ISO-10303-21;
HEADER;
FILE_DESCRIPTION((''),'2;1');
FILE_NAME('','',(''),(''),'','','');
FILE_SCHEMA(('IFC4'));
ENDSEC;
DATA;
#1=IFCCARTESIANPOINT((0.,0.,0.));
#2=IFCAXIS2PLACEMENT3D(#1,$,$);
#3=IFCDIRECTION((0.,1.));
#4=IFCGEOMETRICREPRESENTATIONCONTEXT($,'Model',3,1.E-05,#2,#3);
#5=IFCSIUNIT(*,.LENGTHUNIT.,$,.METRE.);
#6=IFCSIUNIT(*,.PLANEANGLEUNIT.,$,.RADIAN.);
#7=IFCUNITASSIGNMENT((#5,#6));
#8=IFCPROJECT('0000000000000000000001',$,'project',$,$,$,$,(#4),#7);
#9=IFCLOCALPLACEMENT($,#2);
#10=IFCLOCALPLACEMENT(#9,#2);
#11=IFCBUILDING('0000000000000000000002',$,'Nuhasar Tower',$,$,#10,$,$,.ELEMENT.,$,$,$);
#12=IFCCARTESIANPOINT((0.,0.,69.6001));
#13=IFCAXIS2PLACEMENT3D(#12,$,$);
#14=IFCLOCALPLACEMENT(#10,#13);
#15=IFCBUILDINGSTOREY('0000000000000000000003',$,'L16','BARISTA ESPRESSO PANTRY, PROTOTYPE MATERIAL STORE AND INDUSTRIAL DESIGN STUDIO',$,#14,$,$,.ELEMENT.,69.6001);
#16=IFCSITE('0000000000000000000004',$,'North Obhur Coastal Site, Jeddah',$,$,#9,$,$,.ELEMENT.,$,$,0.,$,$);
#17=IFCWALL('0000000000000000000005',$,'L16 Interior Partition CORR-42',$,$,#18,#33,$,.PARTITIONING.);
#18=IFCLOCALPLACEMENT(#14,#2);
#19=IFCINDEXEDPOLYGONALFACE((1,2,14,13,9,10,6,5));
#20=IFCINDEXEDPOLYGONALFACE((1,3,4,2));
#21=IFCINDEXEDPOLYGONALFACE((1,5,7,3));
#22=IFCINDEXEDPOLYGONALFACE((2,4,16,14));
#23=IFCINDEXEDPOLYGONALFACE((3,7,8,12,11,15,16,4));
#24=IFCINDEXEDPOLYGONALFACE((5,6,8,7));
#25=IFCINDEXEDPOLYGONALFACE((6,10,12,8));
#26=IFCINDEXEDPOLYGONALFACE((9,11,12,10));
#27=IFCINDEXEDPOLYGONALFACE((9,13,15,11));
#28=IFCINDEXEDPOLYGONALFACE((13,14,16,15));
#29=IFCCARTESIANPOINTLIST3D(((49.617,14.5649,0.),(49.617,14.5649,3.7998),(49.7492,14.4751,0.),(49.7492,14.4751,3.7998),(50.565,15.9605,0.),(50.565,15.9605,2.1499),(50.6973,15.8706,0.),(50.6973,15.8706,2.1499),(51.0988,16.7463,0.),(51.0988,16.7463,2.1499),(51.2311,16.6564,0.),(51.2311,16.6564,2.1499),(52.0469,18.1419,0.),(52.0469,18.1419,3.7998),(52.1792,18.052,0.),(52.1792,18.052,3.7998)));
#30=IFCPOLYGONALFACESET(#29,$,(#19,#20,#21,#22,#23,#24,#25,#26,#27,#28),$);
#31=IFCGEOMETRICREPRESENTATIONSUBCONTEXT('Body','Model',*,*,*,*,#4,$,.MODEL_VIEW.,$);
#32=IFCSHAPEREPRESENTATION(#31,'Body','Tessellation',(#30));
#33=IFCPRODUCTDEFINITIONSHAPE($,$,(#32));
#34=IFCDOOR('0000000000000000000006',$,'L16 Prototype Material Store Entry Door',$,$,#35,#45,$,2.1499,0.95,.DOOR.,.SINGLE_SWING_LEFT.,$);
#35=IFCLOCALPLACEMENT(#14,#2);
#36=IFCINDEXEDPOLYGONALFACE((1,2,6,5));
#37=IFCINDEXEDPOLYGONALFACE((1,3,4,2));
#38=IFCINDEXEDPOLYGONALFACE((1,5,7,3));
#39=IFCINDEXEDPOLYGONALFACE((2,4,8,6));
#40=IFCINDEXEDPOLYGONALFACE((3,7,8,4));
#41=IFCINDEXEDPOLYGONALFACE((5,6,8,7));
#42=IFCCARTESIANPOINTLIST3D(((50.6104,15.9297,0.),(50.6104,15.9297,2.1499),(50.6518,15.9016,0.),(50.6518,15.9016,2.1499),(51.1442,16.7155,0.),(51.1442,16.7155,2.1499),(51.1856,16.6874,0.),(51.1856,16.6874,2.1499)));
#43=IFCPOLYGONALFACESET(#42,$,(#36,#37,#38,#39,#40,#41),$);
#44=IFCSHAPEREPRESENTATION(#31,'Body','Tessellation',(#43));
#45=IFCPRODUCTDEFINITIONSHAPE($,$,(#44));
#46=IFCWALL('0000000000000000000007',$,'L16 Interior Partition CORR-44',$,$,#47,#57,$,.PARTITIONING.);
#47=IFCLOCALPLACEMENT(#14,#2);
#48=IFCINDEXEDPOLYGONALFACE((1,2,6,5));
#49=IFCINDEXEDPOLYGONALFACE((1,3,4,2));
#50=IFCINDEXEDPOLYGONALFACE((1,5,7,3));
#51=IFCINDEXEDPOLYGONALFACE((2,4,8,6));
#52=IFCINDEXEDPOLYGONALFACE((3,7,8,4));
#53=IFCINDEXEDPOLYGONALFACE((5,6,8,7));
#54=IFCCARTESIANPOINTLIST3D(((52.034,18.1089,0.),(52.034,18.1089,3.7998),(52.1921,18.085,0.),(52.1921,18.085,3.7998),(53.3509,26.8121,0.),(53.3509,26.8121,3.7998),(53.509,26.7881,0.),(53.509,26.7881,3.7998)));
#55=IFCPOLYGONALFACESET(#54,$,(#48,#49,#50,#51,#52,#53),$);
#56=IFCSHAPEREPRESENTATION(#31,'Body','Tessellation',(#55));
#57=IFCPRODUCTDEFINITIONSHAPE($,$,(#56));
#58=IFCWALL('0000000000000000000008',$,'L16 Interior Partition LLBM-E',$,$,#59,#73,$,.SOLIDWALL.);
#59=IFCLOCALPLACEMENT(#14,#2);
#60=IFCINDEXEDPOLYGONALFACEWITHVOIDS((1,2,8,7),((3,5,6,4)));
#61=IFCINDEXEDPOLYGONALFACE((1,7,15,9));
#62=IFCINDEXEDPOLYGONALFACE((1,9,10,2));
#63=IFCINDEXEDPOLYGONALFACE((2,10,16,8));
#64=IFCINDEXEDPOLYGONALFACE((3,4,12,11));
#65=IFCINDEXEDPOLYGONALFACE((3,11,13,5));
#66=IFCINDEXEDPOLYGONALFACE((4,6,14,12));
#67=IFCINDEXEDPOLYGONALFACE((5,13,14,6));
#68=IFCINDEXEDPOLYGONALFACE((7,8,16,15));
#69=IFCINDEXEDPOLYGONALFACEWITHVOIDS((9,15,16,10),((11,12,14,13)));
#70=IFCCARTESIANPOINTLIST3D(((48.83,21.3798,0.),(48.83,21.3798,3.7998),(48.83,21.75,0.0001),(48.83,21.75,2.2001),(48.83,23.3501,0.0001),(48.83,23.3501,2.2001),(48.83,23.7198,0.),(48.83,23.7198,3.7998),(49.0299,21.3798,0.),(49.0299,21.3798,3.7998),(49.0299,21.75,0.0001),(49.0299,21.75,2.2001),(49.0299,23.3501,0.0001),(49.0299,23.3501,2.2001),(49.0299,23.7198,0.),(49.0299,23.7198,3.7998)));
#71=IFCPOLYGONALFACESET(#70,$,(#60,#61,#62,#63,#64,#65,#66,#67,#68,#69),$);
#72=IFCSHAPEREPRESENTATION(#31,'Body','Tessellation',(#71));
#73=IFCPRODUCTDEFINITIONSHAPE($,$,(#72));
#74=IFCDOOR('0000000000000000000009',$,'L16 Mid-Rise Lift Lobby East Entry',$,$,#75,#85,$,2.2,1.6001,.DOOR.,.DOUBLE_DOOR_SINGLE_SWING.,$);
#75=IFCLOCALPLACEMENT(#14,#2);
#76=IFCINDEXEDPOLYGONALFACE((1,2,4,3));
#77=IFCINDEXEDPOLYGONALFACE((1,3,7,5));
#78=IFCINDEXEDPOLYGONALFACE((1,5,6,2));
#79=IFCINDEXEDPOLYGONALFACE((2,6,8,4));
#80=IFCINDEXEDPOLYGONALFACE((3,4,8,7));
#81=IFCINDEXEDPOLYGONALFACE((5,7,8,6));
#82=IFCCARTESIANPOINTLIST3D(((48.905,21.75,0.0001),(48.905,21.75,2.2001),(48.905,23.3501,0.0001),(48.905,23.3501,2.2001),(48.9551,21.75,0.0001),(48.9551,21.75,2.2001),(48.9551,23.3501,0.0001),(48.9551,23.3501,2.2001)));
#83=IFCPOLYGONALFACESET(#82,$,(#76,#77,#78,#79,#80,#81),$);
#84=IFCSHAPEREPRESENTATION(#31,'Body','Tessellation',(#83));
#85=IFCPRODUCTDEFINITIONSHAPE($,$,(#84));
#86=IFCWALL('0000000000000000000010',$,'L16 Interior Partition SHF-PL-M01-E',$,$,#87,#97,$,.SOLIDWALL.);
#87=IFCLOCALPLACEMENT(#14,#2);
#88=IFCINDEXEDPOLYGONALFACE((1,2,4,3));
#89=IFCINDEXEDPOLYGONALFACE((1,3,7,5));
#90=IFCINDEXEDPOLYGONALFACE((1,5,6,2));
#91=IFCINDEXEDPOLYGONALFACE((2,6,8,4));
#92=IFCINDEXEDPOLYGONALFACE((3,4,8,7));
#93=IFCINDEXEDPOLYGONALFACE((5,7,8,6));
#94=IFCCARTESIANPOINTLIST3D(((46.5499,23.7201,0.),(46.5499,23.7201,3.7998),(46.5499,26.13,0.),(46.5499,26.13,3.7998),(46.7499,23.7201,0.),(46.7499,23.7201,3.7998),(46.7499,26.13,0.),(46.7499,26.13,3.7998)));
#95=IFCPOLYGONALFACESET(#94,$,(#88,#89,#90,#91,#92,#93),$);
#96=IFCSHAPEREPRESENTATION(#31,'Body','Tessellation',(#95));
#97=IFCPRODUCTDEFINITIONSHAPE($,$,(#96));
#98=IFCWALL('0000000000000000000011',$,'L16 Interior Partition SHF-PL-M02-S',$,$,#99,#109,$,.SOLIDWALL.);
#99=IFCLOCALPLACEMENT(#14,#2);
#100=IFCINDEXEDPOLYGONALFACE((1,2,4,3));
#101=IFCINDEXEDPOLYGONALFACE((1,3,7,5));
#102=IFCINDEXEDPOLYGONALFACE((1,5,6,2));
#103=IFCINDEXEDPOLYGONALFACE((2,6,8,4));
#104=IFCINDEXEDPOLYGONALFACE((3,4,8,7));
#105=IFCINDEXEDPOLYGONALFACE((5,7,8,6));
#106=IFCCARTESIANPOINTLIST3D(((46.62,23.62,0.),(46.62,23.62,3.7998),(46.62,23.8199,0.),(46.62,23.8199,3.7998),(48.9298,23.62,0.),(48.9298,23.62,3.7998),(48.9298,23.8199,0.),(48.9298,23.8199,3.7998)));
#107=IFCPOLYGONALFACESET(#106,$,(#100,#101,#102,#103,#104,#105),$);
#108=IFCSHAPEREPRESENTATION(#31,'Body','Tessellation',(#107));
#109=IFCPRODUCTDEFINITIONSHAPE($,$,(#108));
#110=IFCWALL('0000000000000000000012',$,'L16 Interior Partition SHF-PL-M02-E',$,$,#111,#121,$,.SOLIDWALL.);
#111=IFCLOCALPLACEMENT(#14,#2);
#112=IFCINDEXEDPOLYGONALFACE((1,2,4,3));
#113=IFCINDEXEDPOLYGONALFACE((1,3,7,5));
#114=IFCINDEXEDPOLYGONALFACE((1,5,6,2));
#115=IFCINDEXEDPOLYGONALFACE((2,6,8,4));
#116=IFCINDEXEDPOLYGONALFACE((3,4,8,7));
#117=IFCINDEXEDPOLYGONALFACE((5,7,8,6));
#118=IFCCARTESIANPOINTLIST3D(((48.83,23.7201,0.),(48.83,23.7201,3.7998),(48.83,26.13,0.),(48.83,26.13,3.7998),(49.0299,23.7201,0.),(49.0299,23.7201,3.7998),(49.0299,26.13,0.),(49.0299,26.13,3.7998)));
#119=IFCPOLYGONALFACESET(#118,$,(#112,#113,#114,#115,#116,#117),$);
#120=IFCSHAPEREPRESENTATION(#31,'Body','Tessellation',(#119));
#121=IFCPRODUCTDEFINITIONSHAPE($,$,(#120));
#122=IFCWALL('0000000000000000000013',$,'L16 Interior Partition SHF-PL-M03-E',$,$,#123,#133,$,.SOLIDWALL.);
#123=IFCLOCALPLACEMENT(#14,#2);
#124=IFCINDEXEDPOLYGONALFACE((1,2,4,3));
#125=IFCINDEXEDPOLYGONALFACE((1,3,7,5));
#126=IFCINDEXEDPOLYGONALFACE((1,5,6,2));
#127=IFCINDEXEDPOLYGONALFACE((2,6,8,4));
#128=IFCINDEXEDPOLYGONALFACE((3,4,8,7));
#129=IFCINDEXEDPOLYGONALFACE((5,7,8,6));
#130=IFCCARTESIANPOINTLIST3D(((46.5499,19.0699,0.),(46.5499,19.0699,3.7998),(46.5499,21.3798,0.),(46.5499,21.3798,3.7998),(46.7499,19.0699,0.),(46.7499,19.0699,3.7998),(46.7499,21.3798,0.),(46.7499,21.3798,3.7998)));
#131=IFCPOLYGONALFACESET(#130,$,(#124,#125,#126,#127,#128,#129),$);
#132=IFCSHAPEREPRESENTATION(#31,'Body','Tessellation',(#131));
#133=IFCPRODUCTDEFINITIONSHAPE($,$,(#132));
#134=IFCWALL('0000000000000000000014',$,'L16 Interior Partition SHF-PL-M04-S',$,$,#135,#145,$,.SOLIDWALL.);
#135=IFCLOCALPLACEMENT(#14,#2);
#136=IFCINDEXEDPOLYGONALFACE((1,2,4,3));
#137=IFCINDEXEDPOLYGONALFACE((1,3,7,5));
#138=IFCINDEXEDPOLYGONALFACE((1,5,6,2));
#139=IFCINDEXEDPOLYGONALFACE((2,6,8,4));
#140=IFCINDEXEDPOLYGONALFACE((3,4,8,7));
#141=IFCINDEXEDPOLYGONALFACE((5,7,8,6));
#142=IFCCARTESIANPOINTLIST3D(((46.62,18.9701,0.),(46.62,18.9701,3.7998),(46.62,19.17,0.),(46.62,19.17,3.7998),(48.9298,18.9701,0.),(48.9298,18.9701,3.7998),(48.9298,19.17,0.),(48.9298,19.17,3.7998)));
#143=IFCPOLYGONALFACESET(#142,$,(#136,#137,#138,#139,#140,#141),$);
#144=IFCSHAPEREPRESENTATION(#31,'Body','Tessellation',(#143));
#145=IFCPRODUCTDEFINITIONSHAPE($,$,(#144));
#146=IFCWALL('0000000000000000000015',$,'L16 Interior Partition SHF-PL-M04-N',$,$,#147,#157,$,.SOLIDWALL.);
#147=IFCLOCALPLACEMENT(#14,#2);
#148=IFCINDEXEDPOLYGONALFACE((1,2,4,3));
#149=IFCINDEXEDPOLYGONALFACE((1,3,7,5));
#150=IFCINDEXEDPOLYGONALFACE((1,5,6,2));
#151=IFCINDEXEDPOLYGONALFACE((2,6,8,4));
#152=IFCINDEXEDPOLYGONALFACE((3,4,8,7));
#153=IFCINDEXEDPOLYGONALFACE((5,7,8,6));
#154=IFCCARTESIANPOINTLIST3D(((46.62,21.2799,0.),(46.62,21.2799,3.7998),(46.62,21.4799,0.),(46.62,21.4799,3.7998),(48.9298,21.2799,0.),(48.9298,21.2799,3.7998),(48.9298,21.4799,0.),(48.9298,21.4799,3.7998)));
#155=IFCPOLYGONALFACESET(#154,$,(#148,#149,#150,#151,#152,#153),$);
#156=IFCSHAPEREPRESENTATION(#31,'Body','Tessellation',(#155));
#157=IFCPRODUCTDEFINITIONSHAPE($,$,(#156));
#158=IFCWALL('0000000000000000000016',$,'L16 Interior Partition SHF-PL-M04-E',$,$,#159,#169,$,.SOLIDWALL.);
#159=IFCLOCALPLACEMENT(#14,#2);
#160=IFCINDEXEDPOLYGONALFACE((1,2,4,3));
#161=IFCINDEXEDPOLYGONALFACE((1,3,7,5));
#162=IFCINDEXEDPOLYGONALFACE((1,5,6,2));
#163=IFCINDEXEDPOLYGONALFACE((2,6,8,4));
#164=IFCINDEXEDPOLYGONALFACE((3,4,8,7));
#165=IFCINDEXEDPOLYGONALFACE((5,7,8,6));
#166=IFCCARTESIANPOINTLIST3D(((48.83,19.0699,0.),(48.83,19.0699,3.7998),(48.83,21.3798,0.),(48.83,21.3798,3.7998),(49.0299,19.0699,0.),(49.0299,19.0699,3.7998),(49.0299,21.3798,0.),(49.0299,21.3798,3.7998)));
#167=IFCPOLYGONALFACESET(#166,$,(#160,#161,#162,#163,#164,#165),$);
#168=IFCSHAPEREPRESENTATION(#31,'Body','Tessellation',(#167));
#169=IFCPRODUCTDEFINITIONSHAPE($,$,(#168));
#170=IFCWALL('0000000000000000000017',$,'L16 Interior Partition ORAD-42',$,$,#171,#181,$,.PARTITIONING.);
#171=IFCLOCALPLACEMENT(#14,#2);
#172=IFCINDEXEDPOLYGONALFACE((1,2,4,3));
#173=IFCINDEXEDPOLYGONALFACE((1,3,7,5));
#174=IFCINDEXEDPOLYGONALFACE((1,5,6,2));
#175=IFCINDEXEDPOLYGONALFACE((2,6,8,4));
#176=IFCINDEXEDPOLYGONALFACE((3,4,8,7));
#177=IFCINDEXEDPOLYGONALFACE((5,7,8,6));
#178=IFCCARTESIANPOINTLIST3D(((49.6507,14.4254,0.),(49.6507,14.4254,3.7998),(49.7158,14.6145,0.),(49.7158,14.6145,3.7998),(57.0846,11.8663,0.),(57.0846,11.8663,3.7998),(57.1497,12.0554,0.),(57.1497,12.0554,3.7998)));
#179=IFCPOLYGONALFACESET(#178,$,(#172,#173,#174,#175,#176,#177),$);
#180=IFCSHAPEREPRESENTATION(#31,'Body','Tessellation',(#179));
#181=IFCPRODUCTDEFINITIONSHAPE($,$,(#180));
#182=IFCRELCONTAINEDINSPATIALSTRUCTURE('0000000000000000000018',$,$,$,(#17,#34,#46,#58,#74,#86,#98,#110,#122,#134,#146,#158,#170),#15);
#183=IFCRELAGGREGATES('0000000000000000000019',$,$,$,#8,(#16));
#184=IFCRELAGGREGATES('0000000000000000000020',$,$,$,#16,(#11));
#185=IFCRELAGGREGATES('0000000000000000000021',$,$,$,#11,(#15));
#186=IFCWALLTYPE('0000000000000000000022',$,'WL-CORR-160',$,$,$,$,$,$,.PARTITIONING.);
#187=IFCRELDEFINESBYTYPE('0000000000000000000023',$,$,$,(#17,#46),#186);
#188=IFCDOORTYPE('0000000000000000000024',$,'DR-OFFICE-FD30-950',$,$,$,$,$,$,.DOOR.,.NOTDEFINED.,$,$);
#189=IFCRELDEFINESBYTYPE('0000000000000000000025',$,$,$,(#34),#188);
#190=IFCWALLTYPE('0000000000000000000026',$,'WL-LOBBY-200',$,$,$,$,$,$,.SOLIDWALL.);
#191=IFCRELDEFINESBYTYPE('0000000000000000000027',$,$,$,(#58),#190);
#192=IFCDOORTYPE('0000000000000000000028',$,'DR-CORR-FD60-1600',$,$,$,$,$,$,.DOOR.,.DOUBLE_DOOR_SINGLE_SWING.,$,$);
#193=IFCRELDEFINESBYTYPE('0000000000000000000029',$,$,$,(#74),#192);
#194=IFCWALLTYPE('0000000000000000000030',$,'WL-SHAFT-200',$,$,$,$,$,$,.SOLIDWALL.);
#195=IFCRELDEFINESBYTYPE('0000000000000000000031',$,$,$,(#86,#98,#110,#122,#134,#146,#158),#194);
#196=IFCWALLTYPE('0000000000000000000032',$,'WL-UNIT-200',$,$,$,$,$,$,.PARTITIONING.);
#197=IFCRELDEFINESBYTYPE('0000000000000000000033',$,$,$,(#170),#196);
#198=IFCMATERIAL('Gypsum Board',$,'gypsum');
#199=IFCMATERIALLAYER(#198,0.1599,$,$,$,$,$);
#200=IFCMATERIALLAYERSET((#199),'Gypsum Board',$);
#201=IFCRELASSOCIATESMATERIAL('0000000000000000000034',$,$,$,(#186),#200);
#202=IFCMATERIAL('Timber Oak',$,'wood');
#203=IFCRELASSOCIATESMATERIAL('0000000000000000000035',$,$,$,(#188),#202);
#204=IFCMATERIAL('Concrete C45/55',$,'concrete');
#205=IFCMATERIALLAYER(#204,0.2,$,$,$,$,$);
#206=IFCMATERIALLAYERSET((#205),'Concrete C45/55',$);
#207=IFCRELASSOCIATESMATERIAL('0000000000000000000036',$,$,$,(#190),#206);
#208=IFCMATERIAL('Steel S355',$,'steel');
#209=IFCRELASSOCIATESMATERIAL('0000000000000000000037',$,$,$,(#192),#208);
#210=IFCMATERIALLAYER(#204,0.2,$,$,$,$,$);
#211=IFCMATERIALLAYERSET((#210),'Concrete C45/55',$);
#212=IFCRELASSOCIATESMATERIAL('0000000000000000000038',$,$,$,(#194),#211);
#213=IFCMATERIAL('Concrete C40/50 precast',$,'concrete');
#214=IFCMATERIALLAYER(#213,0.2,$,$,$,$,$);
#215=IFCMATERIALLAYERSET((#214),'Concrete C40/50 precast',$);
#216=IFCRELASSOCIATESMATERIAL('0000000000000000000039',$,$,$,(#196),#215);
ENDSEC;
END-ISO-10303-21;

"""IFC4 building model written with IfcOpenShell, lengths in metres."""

from ifc_helpers import new_model, si_unit, direction, frame, frame_2d, origin, place, context, subcontext, project, spatial, rectangle, extrude, material, layer, layer_set, type_object, element, fill, save


model = new_model("IFC4")

# Units and contexts
model_context = context("Model", 3, precision=1e-05, world=origin(), true_north=direction((0.0, 1.0)))
body_context = subcontext(model_context, "Body", "Model", "MODEL_VIEW")
ifc_project = project(units=[si_unit("LENGTHUNIT", "METRE"), si_unit("PLANEANGLEUNIT", "RADIAN")], contexts=[model_context])

# Site, building, storey
site_placement = place(None, origin())
site = spatial("IfcSite", under=ifc_project, at=site_placement, Name="North Obhur Coastal Site, Jeddah", CompositionType="ELEMENT", RefElevation=0.0)
building_placement = place(site_placement, origin())
building = spatial("IfcBuilding", under=site, at=building_placement, Name="Nuhasar Tower", CompositionType="ELEMENT")
storey_placement = place(building_placement, frame((0.0, 0.0, 69.6001)))
storey = spatial("IfcBuildingStorey", under=building, at=storey_placement, Name="L16", Description="BARISTA ESPRESSO PANTRY, PROTOTYPE MATERIAL STORE AND INDUSTRIAL DESIGN STUDIO", CompositionType="ELEMENT", Elevation=69.6001)

# Shared definitions
ifc_material_1 = material(Name="Steel S355", Category="steel")

# Wall, opening, door
ifc_material_2 = material(Name="Gypsum Board", Category="gypsum")
ifc_layer_1 = layer(ifc_material_2, 0.1599)
ifc_layer_set_1 = layer_set([ifc_layer_1], Name="Gypsum Board")
wall_type_1 = type_object("IfcWallType", Name="WL-CORR-160", PredefinedType="PARTITIONING", material=ifc_layer_set_1)
wall_1_placement = place(storey_placement, frame((52.113, 18.0969, 0.0), z_axis=(0.0, 0.0, 1.0), x_axis=(-0.561936, -0.827181, 0.0)))
wall_1 = element("IfcWall", 1, at=wall_1_placement, inside=storey, type_object=wall_type_1, Name="L16 Interior Partition CORR-42", PredefinedType="PARTITIONING", context=body_context, shape_type="SweptSolid", body=[
    extrude(rectangle(XDim=4.3242, YDim=0.1599, at=frame_2d((2.1621, 0.0))), origin(), (0.0, 0.0, 1.0), 3.7998),
])
opening_1_placement = place(wall_1_placement, frame((1.687, 0.0, 0.0)))
opening_1 = element("IfcOpeningElement", 2, at=opening_1_placement, cuts=wall_1, PredefinedType="OPENING", context=body_context, shape_type="SweptSolid", body=[
    extrude(rectangle(XDim=0.95, YDim=2.1499, at=frame_2d((0.4751, 1.075))), frame((0.0, 0.0898, 0.0), z_axis=(0.0, -1.0, 0.0), x_axis=(1.0, 0.0, 0.0)), (0.0, 0.0, 1.0), 0.1799),
])
ifc_material_3 = material(Name="Timber Oak", Category="wood")
door_type_1 = type_object("IfcDoorType", Name="DR-OFFICE-FD30-950", OperationType="NOTDEFINED", PredefinedType="DOOR", material=ifc_material_3)
door_1_placement = place(opening_1_placement, origin())
door_1 = element("IfcDoor", 3, at=door_1_placement, inside=storey, type_object=door_type_1, Name="L16 Prototype Material Store Entry Door", OperationType="SINGLE_SWING_LEFT", OverallHeight=2.1499, OverallWidth=0.95, PredefinedType="DOOR", context=body_context, shape_type="SweptSolid", body=[
    extrude(rectangle(XDim=0.95, YDim=2.1499, at=frame_2d((0.4751, 1.075))), frame((0.0, 0.0249, 0.0), z_axis=(0.0, -1.0, 0.0), x_axis=(1.0, 0.0, 0.0)), (0.0, 0.0, 1.0), 0.05),
])
fill(opening_1, door_1)

# Wall
wall_2_placement = place(storey_placement, frame((52.113, 18.0969, 0.0), z_axis=(0.0, 0.0, 1.0), x_axis=(0.14961, 0.988745, 0.0)))
element("IfcWall", 4, at=wall_2_placement, inside=storey, type_object=wall_type_1, Name="L16 Interior Partition CORR-44", PredefinedType="PARTITIONING", context=body_context, shape_type="SweptSolid", body=[
    extrude(rectangle(XDim=8.8022, YDim=0.1599, at=frame_2d((4.4011, 0.0))), origin(), (0.0, 0.0, 1.0), 3.7998),
])

# Wall, opening, door
ifc_material_4 = material(Name="Concrete C45/55", Category="concrete")
ifc_layer_2 = layer(ifc_material_4, 0.2)
ifc_layer_set_2 = layer_set([ifc_layer_2], Name="Concrete C45/55")
wall_type_2 = type_object("IfcWallType", Name="WL-LOBBY-200", PredefinedType="SOLIDWALL", material=ifc_layer_set_2)
wall_3_placement = place(storey_placement, frame((48.9299, 21.3799, 0.0), z_axis=(0.0, 0.0, 1.0), x_axis=(0.0, 1.0, 0.0)))
wall_3 = element("IfcWall", 5, at=wall_3_placement, inside=storey, type_object=wall_type_2, Name="L16 Interior Partition LLBM-E", PredefinedType="SOLIDWALL", context=body_context, shape_type="SweptSolid", body=[
    extrude(rectangle(XDim=2.3401, YDim=0.2, at=frame_2d((1.1699, 0.0))), origin(), (0.0, 0.0, 1.0), 3.7998),
])
opening_2_placement = place(wall_3_placement, frame((0.3701, 0.0, 0.0)))
opening_2 = element("IfcOpeningElement", 6, at=opening_2_placement, cuts=wall_3, PredefinedType="OPENING", context=body_context, shape_type="SweptSolid", body=[
    extrude(rectangle(XDim=1.6001, YDim=2.2, at=frame_2d((0.8, 1.1001))), frame((0.0, 0.1099, 0.0), z_axis=(0.0, -1.0, 0.0), x_axis=(1.0, 0.0, 0.0)), (0.0, 0.0, 1.0), 0.22),
])
door_type_2 = type_object("IfcDoorType", Name="DR-CORR-FD60-1600", OperationType="DOUBLE_DOOR_SINGLE_SWING", PredefinedType="DOOR", material=ifc_material_1)
door_2_placement = place(opening_2_placement, origin())
door_2 = element("IfcDoor", 7, at=door_2_placement, inside=storey, type_object=door_type_2, Name="L16 Mid-Rise Lift Lobby East Entry", OperationType="DOUBLE_DOOR_SINGLE_SWING", OverallHeight=2.2, OverallWidth=1.6001, PredefinedType="DOOR", context=body_context, shape_type="SweptSolid", body=[
    extrude(rectangle(XDim=1.6001, YDim=2.2, at=frame_2d((0.8, 1.1001))), frame((0.0, 0.0249, 0.0), z_axis=(0.0, -1.0, 0.0), x_axis=(1.0, 0.0, 0.0)), (0.0, 0.0, 1.0), 0.05),
])
fill(opening_2, door_2)

# Walls
ifc_layer_3 = layer(ifc_material_4, 0.2)
ifc_layer_set_3 = layer_set([ifc_layer_3], Name="Concrete C45/55")
wall_type_3 = type_object("IfcWallType", Name="WL-SHAFT-200", PredefinedType="SOLIDWALL", material=ifc_layer_set_3)
wall_4_placement = place(storey_placement, frame((46.6499, 23.72, 0.0), z_axis=(0.0, 0.0, 1.0), x_axis=(0.0, 1.0, 0.0)))
element("IfcWall", 8, at=wall_4_placement, inside=storey, type_object=wall_type_3, Name="L16 Interior Partition SHF-PL-M01-E", PredefinedType="SOLIDWALL", context=body_context, shape_type="SweptSolid", body=[
    extrude(rectangle(XDim=2.4099, YDim=0.2, at=frame_2d((1.2051, 0.0))), origin(), (0.0, 0.0, 1.0), 3.7998),
])
wall_5_placement = place(storey_placement, frame((46.6201, 23.72, 0.0), z_axis=(0.0, 0.0, 1.0), x_axis=(1.0, 0.0, 0.0)))
element("IfcWall", 9, at=wall_5_placement, inside=storey, type_object=wall_type_3, Name="L16 Interior Partition SHF-PL-M02-S", PredefinedType="SOLIDWALL", context=body_context, shape_type="SweptSolid", body=[
    extrude(rectangle(XDim=2.3098, YDim=0.2, at=frame_2d((1.1548, 0.0))), origin(), (0.0, 0.0, 1.0), 3.7998),
])
wall_6_placement = place(storey_placement, frame((48.9299, 23.72, 0.0), z_axis=(0.0, 0.0, 1.0), x_axis=(0.0, 1.0, 0.0)))
element("IfcWall", 10, at=wall_6_placement, inside=storey, type_object=wall_type_3, Name="L16 Interior Partition SHF-PL-M02-E", PredefinedType="SOLIDWALL", context=body_context, shape_type="SweptSolid", body=[
    extrude(rectangle(XDim=2.4099, YDim=0.2, at=frame_2d((1.2051, 0.0))), origin(), (0.0, 0.0, 1.0), 3.7998),
])
for number, where, z_axis, x_axis, name in (
    (11, (46.6499, 19.0701, 0.0), (0.0, 0.0, 1.0), (0.0, 1.0, 0.0), "L16 Interior Partition SHF-PL-M03-E"),
    (12, (46.6201, 19.0701, 0.0), (0.0, 0.0, 1.0), (1.0, 0.0, 0.0), "L16 Interior Partition SHF-PL-M04-S"),
    (13, (46.6201, 21.3799, 0.0), (0.0, 0.0, 1.0), (1.0, 0.0, 0.0), "L16 Interior Partition SHF-PL-M04-N"),
    (14, (48.9299, 19.0701, 0.0), (0.0, 0.0, 1.0), (0.0, 1.0, 0.0), "L16 Interior Partition SHF-PL-M04-E"),
):
    element("IfcWall", number, at=place(storey_placement, frame(where, z_axis=z_axis, x_axis=x_axis)), inside=storey, type_object=wall_type_3, Name=name, PredefinedType="SOLIDWALL", context=body_context, shape_type="SweptSolid", body=[
        extrude(rectangle(XDim=2.3098, YDim=0.2, at=frame_2d((1.1548, 0.0))), origin(), (0.0, 0.0, 1.0), 3.7998),
    ])
ifc_material_5 = material(Name="Concrete C40/50 precast", Category="concrete")
ifc_layer_4 = layer(ifc_material_5, 0.2)
ifc_layer_set_4 = layer_set([ifc_layer_4], Name="Concrete C40/50 precast")
wall_type_4 = type_object("IfcWallType", Name="WL-UNIT-200", PredefinedType="PARTITIONING", material=ifc_layer_set_4)
wall_7_placement = place(storey_placement, frame((49.6831, 14.52, 0.0), z_axis=(0.0, 0.0, 1.0), x_axis=(0.945542, -0.325501, 0.0)))
element("IfcWall", 15, at=wall_7_placement, inside=storey, type_object=wall_type_4, Name="L16 Interior Partition ORAD-42", PredefinedType="PARTITIONING", context=body_context, shape_type="SweptSolid", body=[
    extrude(rectangle(XDim=7.8621, YDim=0.2, at=frame_2d((3.9312, 0.0))), origin(), (0.0, 0.0, 1.0), 3.7998),
])

save(model, "model.ifc")
